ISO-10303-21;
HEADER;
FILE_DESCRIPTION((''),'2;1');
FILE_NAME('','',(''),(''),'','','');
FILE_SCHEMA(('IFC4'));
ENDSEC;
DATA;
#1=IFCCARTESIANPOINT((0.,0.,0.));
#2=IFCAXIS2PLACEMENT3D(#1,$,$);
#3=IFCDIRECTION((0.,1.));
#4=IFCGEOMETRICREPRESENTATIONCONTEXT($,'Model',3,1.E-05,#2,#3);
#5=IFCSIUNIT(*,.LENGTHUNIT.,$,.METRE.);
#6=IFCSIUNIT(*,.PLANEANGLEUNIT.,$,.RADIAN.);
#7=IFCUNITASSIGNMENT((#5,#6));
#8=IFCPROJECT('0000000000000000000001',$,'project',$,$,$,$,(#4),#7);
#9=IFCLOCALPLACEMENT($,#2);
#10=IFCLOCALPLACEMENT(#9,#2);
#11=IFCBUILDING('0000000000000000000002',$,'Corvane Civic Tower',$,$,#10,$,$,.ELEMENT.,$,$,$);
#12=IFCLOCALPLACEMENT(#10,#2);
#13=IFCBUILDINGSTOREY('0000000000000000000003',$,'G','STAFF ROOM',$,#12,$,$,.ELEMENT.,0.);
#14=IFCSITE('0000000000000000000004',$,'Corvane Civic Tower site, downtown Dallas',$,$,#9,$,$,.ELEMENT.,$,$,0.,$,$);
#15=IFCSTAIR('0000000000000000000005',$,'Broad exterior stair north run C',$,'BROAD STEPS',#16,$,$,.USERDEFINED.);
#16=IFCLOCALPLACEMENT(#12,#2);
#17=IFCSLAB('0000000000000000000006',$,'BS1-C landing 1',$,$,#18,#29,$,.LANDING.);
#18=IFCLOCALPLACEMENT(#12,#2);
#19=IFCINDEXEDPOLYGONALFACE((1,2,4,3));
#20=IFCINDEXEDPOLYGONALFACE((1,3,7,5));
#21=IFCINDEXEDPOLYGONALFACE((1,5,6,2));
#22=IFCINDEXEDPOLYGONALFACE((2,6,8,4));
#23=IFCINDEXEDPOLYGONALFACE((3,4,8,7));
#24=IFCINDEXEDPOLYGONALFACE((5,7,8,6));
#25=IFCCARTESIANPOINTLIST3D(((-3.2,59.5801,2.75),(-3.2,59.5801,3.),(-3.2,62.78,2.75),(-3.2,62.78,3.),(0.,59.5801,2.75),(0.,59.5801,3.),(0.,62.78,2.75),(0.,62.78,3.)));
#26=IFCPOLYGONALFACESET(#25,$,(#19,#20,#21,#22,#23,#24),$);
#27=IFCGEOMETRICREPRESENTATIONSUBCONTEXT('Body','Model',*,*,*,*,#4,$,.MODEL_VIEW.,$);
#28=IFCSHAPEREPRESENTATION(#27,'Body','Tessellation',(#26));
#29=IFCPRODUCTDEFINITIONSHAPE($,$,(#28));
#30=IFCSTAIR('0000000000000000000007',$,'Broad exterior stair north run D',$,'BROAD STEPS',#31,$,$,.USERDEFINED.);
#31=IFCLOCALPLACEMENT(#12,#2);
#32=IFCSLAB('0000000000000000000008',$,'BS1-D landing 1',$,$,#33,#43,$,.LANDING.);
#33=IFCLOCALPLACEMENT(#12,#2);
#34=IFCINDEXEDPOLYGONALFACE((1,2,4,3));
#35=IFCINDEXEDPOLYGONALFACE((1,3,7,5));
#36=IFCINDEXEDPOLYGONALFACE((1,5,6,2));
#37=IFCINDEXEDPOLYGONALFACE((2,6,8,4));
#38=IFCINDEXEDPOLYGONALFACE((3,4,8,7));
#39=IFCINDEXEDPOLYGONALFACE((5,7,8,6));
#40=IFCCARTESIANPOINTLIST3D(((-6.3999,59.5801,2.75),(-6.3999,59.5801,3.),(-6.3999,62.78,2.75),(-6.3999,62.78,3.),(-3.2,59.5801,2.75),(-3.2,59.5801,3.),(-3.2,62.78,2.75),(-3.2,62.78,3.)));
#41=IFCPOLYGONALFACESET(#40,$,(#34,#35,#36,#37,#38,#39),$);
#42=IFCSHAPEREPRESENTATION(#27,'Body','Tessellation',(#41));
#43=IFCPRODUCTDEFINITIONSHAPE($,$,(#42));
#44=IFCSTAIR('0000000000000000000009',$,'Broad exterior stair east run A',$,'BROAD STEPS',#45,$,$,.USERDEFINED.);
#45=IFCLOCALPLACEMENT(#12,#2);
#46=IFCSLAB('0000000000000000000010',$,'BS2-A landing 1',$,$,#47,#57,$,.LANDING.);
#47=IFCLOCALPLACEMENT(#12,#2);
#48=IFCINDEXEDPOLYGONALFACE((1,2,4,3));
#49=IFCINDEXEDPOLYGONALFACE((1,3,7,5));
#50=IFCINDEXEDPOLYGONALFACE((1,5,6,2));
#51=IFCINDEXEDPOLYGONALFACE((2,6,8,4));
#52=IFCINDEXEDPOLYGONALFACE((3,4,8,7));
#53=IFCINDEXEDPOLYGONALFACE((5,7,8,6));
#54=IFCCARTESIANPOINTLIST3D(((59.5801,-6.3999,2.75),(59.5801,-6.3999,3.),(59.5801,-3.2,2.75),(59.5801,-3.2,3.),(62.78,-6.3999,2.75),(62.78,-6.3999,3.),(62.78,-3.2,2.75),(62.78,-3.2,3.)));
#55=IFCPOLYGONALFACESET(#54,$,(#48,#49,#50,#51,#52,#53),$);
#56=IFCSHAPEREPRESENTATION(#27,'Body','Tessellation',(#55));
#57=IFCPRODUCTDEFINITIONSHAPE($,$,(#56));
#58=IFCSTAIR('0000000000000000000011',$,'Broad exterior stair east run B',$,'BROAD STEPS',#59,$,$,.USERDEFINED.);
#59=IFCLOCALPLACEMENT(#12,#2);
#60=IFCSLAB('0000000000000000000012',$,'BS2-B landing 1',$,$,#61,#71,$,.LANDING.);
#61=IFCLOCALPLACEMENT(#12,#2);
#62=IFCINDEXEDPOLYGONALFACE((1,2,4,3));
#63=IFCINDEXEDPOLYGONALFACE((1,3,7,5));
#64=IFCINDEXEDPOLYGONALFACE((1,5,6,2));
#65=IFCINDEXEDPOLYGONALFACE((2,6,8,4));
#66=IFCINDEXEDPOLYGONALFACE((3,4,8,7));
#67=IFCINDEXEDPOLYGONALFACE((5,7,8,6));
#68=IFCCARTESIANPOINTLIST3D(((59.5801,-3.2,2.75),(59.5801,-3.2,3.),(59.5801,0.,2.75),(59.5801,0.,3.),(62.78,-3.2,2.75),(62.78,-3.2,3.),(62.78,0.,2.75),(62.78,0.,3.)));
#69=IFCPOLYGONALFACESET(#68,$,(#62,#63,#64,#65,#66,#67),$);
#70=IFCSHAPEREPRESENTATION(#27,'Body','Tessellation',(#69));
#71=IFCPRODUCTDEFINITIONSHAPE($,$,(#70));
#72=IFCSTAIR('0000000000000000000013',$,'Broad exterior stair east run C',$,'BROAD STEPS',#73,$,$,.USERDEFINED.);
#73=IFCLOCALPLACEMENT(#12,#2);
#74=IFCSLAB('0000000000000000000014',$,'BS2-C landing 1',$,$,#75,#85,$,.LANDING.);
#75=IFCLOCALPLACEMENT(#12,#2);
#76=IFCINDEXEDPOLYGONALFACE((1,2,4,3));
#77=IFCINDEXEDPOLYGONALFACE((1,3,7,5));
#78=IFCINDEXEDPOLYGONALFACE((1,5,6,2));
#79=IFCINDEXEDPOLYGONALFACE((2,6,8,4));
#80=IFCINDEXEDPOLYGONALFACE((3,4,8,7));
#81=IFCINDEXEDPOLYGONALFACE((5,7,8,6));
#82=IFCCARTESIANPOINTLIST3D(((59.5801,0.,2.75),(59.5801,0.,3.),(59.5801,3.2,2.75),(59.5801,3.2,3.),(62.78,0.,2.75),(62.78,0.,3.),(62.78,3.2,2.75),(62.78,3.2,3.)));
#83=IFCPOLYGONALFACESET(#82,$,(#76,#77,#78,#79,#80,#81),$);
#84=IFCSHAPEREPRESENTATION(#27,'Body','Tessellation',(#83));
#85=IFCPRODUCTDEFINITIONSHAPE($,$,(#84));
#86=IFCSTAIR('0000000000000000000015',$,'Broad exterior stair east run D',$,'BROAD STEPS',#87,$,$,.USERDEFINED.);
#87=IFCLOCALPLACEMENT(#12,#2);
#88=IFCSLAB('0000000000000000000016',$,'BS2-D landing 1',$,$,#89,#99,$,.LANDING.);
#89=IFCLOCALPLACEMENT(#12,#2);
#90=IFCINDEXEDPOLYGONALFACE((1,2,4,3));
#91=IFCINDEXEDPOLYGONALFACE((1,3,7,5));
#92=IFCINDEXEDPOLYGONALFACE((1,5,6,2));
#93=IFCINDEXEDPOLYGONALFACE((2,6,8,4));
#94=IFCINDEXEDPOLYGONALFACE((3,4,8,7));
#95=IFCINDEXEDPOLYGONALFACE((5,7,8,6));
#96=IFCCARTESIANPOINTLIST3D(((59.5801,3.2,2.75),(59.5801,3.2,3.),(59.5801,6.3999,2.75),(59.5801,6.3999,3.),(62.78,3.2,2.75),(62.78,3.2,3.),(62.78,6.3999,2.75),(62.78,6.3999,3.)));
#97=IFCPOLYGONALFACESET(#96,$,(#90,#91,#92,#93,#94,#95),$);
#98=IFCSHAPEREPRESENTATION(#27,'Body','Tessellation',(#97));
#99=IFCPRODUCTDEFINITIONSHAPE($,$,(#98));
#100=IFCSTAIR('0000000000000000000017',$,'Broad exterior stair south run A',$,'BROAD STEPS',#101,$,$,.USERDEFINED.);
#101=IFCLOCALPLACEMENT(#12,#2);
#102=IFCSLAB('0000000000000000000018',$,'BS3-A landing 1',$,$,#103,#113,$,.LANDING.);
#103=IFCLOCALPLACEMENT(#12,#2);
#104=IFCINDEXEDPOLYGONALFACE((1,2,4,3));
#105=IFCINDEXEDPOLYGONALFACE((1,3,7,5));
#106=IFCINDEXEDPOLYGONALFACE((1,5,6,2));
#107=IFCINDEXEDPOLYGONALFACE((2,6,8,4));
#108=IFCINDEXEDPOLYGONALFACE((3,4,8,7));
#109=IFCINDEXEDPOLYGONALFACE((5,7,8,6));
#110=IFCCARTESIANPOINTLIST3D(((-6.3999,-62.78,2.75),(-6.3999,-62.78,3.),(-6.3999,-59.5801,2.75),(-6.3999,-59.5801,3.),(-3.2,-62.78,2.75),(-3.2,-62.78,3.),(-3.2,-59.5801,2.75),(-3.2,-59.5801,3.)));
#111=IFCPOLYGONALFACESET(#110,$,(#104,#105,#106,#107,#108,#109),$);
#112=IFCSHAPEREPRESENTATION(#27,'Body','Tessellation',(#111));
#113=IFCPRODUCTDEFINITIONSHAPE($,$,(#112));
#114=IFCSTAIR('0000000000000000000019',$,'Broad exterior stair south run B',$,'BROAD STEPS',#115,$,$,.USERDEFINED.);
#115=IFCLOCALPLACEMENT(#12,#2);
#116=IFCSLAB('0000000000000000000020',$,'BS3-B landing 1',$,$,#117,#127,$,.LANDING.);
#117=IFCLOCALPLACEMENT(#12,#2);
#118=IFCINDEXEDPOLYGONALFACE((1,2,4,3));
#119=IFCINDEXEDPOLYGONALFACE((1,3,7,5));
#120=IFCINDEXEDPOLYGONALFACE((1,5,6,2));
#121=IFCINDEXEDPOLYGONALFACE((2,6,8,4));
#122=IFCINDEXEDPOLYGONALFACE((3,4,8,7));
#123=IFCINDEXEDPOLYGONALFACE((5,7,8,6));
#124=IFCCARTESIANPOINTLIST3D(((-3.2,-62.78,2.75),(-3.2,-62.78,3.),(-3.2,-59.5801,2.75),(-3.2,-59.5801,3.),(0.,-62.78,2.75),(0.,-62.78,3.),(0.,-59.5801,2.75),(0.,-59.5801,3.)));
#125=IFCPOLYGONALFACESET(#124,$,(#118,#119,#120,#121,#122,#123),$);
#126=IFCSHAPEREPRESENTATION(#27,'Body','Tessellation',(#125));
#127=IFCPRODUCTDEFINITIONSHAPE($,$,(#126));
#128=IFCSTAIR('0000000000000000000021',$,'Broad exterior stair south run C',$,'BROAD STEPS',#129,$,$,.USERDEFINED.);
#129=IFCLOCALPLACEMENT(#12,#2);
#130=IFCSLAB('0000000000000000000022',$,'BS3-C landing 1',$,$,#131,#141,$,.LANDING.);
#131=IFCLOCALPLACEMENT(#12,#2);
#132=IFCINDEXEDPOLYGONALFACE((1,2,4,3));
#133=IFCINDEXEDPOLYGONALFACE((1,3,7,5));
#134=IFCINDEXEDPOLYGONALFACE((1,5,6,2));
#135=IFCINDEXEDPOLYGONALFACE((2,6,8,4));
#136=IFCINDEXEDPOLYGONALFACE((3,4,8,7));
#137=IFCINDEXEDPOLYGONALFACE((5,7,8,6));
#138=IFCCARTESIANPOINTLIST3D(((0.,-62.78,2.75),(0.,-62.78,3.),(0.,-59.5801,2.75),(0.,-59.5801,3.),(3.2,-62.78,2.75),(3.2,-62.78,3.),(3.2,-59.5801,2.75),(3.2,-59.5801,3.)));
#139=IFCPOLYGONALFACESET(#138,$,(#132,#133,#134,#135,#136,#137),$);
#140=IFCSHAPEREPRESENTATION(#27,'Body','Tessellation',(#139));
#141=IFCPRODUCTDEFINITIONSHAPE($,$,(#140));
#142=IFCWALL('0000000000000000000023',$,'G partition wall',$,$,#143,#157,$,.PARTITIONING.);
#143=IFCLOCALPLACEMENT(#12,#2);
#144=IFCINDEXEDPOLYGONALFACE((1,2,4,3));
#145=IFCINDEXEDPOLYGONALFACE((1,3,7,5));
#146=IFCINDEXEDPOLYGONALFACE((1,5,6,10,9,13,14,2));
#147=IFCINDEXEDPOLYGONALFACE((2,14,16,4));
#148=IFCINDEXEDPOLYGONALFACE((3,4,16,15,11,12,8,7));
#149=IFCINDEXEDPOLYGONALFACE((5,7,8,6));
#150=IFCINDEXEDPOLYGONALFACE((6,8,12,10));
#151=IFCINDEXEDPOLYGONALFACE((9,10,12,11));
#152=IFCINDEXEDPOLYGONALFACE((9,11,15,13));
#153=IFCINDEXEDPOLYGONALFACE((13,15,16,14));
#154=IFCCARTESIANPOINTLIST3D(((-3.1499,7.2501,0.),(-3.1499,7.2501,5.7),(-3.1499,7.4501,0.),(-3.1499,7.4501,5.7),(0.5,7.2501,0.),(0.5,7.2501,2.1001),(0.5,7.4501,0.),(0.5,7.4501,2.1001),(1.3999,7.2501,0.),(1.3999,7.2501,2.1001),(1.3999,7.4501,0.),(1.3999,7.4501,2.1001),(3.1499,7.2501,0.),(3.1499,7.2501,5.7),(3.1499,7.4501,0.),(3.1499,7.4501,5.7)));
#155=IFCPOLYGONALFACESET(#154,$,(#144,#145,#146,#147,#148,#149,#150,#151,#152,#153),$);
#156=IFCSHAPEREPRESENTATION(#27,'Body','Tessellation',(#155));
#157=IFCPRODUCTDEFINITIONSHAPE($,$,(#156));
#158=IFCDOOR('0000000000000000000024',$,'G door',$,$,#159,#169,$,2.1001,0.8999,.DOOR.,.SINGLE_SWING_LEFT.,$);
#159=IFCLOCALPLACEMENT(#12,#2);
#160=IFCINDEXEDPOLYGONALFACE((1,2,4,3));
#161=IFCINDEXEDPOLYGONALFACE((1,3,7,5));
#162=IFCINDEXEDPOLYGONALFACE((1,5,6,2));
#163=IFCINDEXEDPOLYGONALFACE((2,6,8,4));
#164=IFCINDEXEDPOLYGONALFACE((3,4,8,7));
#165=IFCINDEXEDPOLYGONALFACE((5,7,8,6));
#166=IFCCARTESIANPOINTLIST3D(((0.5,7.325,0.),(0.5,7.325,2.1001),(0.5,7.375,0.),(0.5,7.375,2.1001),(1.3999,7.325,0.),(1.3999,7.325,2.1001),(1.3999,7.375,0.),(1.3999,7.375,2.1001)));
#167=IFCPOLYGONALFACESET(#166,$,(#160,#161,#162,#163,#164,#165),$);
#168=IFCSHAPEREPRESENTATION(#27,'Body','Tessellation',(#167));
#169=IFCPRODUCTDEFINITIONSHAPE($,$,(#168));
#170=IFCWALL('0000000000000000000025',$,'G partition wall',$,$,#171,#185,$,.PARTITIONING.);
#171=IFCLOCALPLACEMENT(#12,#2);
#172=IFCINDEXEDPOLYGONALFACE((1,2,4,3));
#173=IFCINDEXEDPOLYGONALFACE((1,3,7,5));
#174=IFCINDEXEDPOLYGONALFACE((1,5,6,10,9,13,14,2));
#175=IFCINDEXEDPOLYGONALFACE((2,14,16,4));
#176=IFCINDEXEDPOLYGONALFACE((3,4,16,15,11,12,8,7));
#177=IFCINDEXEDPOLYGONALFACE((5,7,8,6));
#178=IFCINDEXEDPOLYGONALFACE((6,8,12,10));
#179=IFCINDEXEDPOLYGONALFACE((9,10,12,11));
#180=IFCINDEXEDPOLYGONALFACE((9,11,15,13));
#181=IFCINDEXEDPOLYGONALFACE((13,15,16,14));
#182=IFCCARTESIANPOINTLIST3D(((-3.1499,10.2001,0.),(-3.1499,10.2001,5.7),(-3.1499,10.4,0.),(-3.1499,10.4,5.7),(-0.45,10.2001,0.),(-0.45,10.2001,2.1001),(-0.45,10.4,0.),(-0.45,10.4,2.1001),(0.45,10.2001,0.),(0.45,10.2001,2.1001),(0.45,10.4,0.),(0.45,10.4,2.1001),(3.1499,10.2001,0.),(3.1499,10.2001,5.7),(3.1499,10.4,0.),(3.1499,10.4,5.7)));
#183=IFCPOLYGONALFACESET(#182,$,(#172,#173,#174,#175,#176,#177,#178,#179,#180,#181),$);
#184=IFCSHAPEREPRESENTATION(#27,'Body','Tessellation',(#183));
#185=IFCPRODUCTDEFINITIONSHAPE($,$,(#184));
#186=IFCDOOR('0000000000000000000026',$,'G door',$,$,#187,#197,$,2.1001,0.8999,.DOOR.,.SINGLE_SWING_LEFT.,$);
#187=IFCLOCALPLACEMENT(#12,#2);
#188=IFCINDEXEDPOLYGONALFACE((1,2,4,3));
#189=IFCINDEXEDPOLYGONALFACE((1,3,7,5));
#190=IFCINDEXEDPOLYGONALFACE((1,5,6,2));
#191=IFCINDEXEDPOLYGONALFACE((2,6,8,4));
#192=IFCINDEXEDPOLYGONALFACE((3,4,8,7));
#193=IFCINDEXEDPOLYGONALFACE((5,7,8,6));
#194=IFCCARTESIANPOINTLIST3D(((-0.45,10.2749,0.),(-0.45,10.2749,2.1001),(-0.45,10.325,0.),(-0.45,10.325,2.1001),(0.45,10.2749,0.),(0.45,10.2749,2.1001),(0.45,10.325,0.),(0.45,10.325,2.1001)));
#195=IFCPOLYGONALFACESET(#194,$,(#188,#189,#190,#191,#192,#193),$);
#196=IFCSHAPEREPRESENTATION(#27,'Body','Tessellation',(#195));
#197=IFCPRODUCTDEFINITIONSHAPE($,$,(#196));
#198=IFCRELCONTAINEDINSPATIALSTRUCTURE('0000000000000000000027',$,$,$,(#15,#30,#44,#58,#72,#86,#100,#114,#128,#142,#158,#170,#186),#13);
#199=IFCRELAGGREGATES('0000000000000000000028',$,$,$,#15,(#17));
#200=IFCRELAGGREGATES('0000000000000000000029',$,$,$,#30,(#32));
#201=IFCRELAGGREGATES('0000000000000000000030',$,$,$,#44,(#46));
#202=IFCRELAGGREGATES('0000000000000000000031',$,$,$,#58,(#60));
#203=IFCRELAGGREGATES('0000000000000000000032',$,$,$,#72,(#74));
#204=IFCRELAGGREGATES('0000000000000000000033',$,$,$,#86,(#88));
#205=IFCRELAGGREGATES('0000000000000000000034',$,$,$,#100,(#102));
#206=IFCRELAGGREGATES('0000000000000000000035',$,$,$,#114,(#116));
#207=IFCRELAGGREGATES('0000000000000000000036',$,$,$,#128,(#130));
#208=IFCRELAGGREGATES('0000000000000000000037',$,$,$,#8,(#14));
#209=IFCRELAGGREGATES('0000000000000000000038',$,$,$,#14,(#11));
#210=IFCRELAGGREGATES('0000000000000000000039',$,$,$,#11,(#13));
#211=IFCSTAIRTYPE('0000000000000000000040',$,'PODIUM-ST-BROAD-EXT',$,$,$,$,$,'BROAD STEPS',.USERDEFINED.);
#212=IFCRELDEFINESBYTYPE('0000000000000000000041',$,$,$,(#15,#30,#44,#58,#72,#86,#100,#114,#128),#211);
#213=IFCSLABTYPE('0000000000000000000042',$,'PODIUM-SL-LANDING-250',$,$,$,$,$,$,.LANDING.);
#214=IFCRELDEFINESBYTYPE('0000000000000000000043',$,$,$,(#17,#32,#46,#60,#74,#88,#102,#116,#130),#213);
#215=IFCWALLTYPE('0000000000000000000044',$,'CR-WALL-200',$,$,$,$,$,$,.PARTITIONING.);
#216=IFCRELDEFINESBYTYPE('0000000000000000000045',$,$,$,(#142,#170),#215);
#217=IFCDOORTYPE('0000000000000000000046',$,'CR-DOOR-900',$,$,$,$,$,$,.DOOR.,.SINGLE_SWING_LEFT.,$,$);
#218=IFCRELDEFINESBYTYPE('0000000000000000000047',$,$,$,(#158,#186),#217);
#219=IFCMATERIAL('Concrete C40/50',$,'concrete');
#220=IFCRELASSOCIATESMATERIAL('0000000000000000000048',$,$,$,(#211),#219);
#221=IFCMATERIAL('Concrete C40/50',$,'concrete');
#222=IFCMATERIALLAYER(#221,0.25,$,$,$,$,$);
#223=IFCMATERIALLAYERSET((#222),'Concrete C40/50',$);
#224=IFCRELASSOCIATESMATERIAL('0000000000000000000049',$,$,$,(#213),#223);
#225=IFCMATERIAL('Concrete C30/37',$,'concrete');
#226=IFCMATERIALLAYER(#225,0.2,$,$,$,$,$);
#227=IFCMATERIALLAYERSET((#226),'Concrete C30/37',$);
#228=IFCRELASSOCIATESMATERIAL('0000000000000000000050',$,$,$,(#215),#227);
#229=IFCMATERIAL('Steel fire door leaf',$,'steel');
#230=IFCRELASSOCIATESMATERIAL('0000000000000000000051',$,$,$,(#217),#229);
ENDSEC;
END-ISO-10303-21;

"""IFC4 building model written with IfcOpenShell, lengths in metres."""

from ifc_helpers import new_model, si_unit, direction, frame, frame_2d, origin, place, context, subcontext, project, spatial, polyline, rectangle, outline, extrude, material, layer, layer_set, type_object, element, fill, aggregate, save


model = new_model("IFC4")

# Units and contexts
model_context = context("Model", 3, precision=1e-05, world=origin(), true_north=direction((0.0, 1.0)))
body_context = subcontext(model_context, "Body", "Model", "MODEL_VIEW")
ifc_project = project(units=[si_unit("LENGTHUNIT", "METRE"), si_unit("PLANEANGLEUNIT", "RADIAN")], contexts=[model_context])

# Site, building, storey
site_placement = place(None, origin())
site = spatial("IfcSite", under=ifc_project, at=site_placement, Name="Corvane Civic Tower site, downtown Dallas", CompositionType="ELEMENT", RefElevation=0.0)
building_placement = place(site_placement, origin())
building = spatial("IfcBuilding", under=site, at=building_placement, Name="Corvane Civic Tower", CompositionType="ELEMENT")
storey_placement = place(building_placement, origin())
storey = spatial("IfcBuildingStorey", under=building, at=storey_placement, Name="G", Description="STAFF ROOM", CompositionType="ELEMENT", Elevation=0.0)

# Stairs, slabs
ifc_material_1 = material(Name="Concrete C40/50", Category="concrete")
stair_type_1 = type_object("IfcStairType", Name="PODIUM-ST-BROAD-EXT", ElementType="BROAD STEPS", PredefinedType="USERDEFINED", material=ifc_material_1)
ifc_material_2 = material(Name="Concrete C40/50", Category="concrete")
ifc_layer_1 = layer(ifc_material_2, 0.25)
ifc_layer_set_1 = layer_set([ifc_layer_1], Name="Concrete C40/50")
slab_type_1 = type_object("IfcSlabType", Name="PODIUM-SL-LANDING-250", PredefinedType="LANDING", material=ifc_layer_set_1)
stair_1_placement = place(storey_placement, origin())
stair_1 = element("IfcStair", 1, at=stair_1_placement, inside=storey, type_object=stair_type_1, Name="Broad exterior stair north run C", ObjectType="BROAD STEPS", PredefinedType="USERDEFINED")
slab_1_placement = place(storey_placement, frame((0.0, 0.0, 2.75)))
slab_1 = element("IfcSlab", 2, at=slab_1_placement, type_object=slab_type_1, Name="BS1-C landing 1", PredefinedType="LANDING", context=body_context, shape_type="SweptSolid", body=[
    extrude(outline(polyline([(0.0, 59.5801), (-3.2, 59.5801), (-3.2, 62.78), (0.0, 62.78), (0.0, 59.5801)])), origin(), (0.0, 0.0, 1.0), 0.25),
])
aggregate(stair_1, [slab_1])
stair_2_placement = place(storey_placement, origin())
stair_2 = element("IfcStair", 3, at=stair_2_placement, inside=storey, type_object=stair_type_1, Name="Broad exterior stair north run D", ObjectType="BROAD STEPS", PredefinedType="USERDEFINED")
slab_2_placement = place(storey_placement, frame((0.0, 0.0, 2.75)))
slab_2 = element("IfcSlab", 4, at=slab_2_placement, type_object=slab_type_1, Name="BS1-D landing 1", PredefinedType="LANDING", context=body_context, shape_type="SweptSolid", body=[
    extrude(outline(polyline([(-3.2, 59.5801), (-6.3999, 59.5801), (-6.3999, 62.78), (-3.2, 62.78), (-3.2, 59.5801)])), origin(), (0.0, 0.0, 1.0), 0.25),
])
aggregate(stair_2, [slab_2])
stair_3_placement = place(storey_placement, origin())
stair_3 = element("IfcStair", 5, at=stair_3_placement, inside=storey, type_object=stair_type_1, Name="Broad exterior stair east run A", ObjectType="BROAD STEPS", PredefinedType="USERDEFINED")
slab_3_placement = place(storey_placement, frame((0.0, 0.0, 2.75)))
slab_3 = element("IfcSlab", 6, at=slab_3_placement, type_object=slab_type_1, Name="BS2-A landing 1", PredefinedType="LANDING", context=body_context, shape_type="SweptSolid", body=[
    extrude(outline(polyline([(59.5801, -6.3999), (59.5801, -3.2), (62.78, -3.2), (62.78, -6.3999), (59.5801, -6.3999)])), origin(), (0.0, 0.0, 1.0), 0.25),
])
aggregate(stair_3, [slab_3])
stair_4_placement = place(storey_placement, origin())
stair_4 = element("IfcStair", 7, at=stair_4_placement, inside=storey, type_object=stair_type_1, Name="Broad exterior stair east run B", ObjectType="BROAD STEPS", PredefinedType="USERDEFINED")
slab_4_placement = place(storey_placement, frame((0.0, 0.0, 2.75)))
slab_4 = element("IfcSlab", 8, at=slab_4_placement, type_object=slab_type_1, Name="BS2-B landing 1", PredefinedType="LANDING", context=body_context, shape_type="SweptSolid", body=[
    extrude(outline(polyline([(59.5801, -3.2), (59.5801, 0.0), (62.78, 0.0), (62.78, -3.2), (59.5801, -3.2)])), origin(), (0.0, 0.0, 1.0), 0.25),
])
aggregate(stair_4, [slab_4])
stair_5_placement = place(storey_placement, origin())
stair_5 = element("IfcStair", 9, at=stair_5_placement, inside=storey, type_object=stair_type_1, Name="Broad exterior stair east run C", ObjectType="BROAD STEPS", PredefinedType="USERDEFINED")
slab_5_placement = place(storey_placement, frame((0.0, 0.0, 2.75)))
slab_5 = element("IfcSlab", 10, at=slab_5_placement, type_object=slab_type_1, Name="BS2-C landing 1", PredefinedType="LANDING", context=body_context, shape_type="SweptSolid", body=[
    extrude(outline(polyline([(59.5801, 0.0), (59.5801, 3.2), (62.78, 3.2), (62.78, 0.0), (59.5801, 0.0)])), origin(), (0.0, 0.0, 1.0), 0.25),
])
aggregate(stair_5, [slab_5])
stair_6_placement = place(storey_placement, origin())
stair_6 = element("IfcStair", 11, at=stair_6_placement, inside=storey, type_object=stair_type_1, Name="Broad exterior stair east run D", ObjectType="BROAD STEPS", PredefinedType="USERDEFINED")
slab_6_placement = place(storey_placement, frame((0.0, 0.0, 2.75)))
slab_6 = element("IfcSlab", 12, at=slab_6_placement, type_object=slab_type_1, Name="BS2-D landing 1", PredefinedType="LANDING", context=body_context, shape_type="SweptSolid", body=[
    extrude(outline(polyline([(59.5801, 3.2), (59.5801, 6.3999), (62.78, 6.3999), (62.78, 3.2), (59.5801, 3.2)])), origin(), (0.0, 0.0, 1.0), 0.25),
])
aggregate(stair_6, [slab_6])
stair_7_placement = place(storey_placement, origin())
stair_7 = element("IfcStair", 13, at=stair_7_placement, inside=storey, type_object=stair_type_1, Name="Broad exterior stair south run A", ObjectType="BROAD STEPS", PredefinedType="USERDEFINED")
slab_7_placement = place(storey_placement, frame((0.0, 0.0, 2.75)))
slab_7 = element("IfcSlab", 14, at=slab_7_placement, type_object=slab_type_1, Name="BS3-A landing 1", PredefinedType="LANDING", context=body_context, shape_type="SweptSolid", body=[
    extrude(outline(polyline([(-6.3999, -59.5801), (-3.2, -59.5801), (-3.2, -62.78), (-6.3999, -62.78), (-6.3999, -59.5801)])), origin(), (0.0, 0.0, 1.0), 0.25),
])
aggregate(stair_7, [slab_7])
stair_8_placement = place(storey_placement, origin())
stair_8 = element("IfcStair", 15, at=stair_8_placement, inside=storey, type_object=stair_type_1, Name="Broad exterior stair south run B", ObjectType="BROAD STEPS", PredefinedType="USERDEFINED")
slab_8_placement = place(storey_placement, frame((0.0, 0.0, 2.75)))
slab_8 = element("IfcSlab", 16, at=slab_8_placement, type_object=slab_type_1, Name="BS3-B landing 1", PredefinedType="LANDING", context=body_context, shape_type="SweptSolid", body=[
    extrude(outline(polyline([(-3.2, -59.5801), (0.0, -59.5801), (0.0, -62.78), (-3.2, -62.78), (-3.2, -59.5801)])), origin(), (0.0, 0.0, 1.0), 0.25),
])
aggregate(stair_8, [slab_8])
stair_9_placement = place(storey_placement, origin())
stair_9 = element("IfcStair", 17, at=stair_9_placement, inside=storey, type_object=stair_type_1, Name="Broad exterior stair south run C", ObjectType="BROAD STEPS", PredefinedType="USERDEFINED")
slab_9_placement = place(storey_placement, frame((0.0, 0.0, 2.75)))
slab_9 = element("IfcSlab", 18, at=slab_9_placement, type_object=slab_type_1, Name="BS3-C landing 1", PredefinedType="LANDING", context=body_context, shape_type="SweptSolid", body=[
    extrude(outline(polyline([(0.0, -59.5801), (3.2, -59.5801), (3.2, -62.78), (0.0, -62.78), (0.0, -59.5801)])), origin(), (0.0, 0.0, 1.0), 0.25),
])
aggregate(stair_9, [slab_9])

# Walls, openings, doors
ifc_material_3 = material(Name="Concrete C30/37", Category="concrete")
ifc_layer_2 = layer(ifc_material_3, 0.2)
ifc_layer_set_2 = layer_set([ifc_layer_2], Name="Concrete C30/37")
wall_type = type_object("IfcWallType", Name="CR-WALL-200", PredefinedType="PARTITIONING", material=ifc_layer_set_2)
wall_1_placement = place(storey_placement, frame((-3.1499, 7.3501, 0.0), z_axis=(0.0, 0.0, 1.0), x_axis=(1.0, 0.0, 0.0)))
wall_1 = element("IfcWall", 19, at=wall_1_placement, inside=storey, type_object=wall_type, Name="G partition wall", PredefinedType="PARTITIONING", context=body_context, shape_type="SweptSolid", body=[
    extrude(rectangle(XDim=6.2998, YDim=0.2, at=frame_2d((3.1499, 0.0))), origin(), (0.0, 0.0, 1.0), 5.7),
])
opening_1_placement = place(wall_1_placement, frame((3.6499, 0.0, 0.0)))
opening_1 = element("IfcOpeningElement", 20, at=opening_1_placement, cuts=wall_1, PredefinedType="OPENING", context=body_context, shape_type="SweptSolid", body=[
    extrude(rectangle(XDim=0.8999, YDim=2.1001, at=frame_2d((0.45, 1.05))), frame((0.0, 0.1099, 0.0), z_axis=(0.0, -1.0, 0.0), x_axis=(1.0, 0.0, 0.0)), (0.0, 0.0, 1.0), 0.22),
])
ifc_material_4 = material(Name="Steel fire door leaf", Category="steel")
door_type = type_object("IfcDoorType", Name="CR-DOOR-900", OperationType="SINGLE_SWING_LEFT", PredefinedType="DOOR", material=ifc_material_4)
door_1_placement = place(opening_1_placement, origin())
door_1 = element("IfcDoor", 21, at=door_1_placement, inside=storey, type_object=door_type, Name="G door", OperationType="SINGLE_SWING_LEFT", OverallHeight=2.1001, OverallWidth=0.8999, PredefinedType="DOOR", context=body_context, shape_type="SweptSolid", body=[
    extrude(rectangle(XDim=0.8999, YDim=2.1001, at=frame_2d((0.45, 1.05))), frame((0.0, 0.0249, 0.0), z_axis=(0.0, -1.0, 0.0), x_axis=(1.0, 0.0, 0.0)), (0.0, 0.0, 1.0), 0.05),
])
fill(opening_1, door_1)
wall_2_placement = place(storey_placement, frame((-3.1499, 10.3, 0.0), z_axis=(0.0, 0.0, 1.0), x_axis=(1.0, 0.0, 0.0)))
wall_2 = element("IfcWall", 22, at=wall_2_placement, inside=storey, type_object=wall_type, Name="G partition wall", PredefinedType="PARTITIONING", context=body_context, shape_type="SweptSolid", body=[
    extrude(rectangle(XDim=6.2998, YDim=0.2, at=frame_2d((3.1499, 0.0))), origin(), (0.0, 0.0, 1.0), 5.7),
])
opening_2_placement = place(wall_2_placement, frame((2.7, 0.0, 0.0)))
opening_2 = element("IfcOpeningElement", 23, at=opening_2_placement, cuts=wall_2, PredefinedType="OPENING", context=body_context, shape_type="SweptSolid", body=[
    extrude(rectangle(XDim=0.8999, YDim=2.1001, at=frame_2d((0.45, 1.05))), frame((0.0, 0.1099, 0.0), z_axis=(0.0, -1.0, 0.0), x_axis=(1.0, 0.0, 0.0)), (0.0, 0.0, 1.0), 0.22),
])
door_2_placement = place(opening_2_placement, origin())
door_2 = element("IfcDoor", 24, at=door_2_placement, inside=storey, type_object=door_type, Name="G door", OperationType="SINGLE_SWING_LEFT", OverallHeight=2.1001, OverallWidth=0.8999, PredefinedType="DOOR", context=body_context, shape_type="SweptSolid", body=[
    extrude(rectangle(XDim=0.8999, YDim=2.1001, at=frame_2d((0.45, 1.05))), frame((0.0, 0.0249, 0.0), z_axis=(0.0, -1.0, 0.0), x_axis=(1.0, 0.0, 0.0)), (0.0, 0.0, 1.0), 0.05),
])
fill(opening_2, door_2)

save(model, "model.ifc")
